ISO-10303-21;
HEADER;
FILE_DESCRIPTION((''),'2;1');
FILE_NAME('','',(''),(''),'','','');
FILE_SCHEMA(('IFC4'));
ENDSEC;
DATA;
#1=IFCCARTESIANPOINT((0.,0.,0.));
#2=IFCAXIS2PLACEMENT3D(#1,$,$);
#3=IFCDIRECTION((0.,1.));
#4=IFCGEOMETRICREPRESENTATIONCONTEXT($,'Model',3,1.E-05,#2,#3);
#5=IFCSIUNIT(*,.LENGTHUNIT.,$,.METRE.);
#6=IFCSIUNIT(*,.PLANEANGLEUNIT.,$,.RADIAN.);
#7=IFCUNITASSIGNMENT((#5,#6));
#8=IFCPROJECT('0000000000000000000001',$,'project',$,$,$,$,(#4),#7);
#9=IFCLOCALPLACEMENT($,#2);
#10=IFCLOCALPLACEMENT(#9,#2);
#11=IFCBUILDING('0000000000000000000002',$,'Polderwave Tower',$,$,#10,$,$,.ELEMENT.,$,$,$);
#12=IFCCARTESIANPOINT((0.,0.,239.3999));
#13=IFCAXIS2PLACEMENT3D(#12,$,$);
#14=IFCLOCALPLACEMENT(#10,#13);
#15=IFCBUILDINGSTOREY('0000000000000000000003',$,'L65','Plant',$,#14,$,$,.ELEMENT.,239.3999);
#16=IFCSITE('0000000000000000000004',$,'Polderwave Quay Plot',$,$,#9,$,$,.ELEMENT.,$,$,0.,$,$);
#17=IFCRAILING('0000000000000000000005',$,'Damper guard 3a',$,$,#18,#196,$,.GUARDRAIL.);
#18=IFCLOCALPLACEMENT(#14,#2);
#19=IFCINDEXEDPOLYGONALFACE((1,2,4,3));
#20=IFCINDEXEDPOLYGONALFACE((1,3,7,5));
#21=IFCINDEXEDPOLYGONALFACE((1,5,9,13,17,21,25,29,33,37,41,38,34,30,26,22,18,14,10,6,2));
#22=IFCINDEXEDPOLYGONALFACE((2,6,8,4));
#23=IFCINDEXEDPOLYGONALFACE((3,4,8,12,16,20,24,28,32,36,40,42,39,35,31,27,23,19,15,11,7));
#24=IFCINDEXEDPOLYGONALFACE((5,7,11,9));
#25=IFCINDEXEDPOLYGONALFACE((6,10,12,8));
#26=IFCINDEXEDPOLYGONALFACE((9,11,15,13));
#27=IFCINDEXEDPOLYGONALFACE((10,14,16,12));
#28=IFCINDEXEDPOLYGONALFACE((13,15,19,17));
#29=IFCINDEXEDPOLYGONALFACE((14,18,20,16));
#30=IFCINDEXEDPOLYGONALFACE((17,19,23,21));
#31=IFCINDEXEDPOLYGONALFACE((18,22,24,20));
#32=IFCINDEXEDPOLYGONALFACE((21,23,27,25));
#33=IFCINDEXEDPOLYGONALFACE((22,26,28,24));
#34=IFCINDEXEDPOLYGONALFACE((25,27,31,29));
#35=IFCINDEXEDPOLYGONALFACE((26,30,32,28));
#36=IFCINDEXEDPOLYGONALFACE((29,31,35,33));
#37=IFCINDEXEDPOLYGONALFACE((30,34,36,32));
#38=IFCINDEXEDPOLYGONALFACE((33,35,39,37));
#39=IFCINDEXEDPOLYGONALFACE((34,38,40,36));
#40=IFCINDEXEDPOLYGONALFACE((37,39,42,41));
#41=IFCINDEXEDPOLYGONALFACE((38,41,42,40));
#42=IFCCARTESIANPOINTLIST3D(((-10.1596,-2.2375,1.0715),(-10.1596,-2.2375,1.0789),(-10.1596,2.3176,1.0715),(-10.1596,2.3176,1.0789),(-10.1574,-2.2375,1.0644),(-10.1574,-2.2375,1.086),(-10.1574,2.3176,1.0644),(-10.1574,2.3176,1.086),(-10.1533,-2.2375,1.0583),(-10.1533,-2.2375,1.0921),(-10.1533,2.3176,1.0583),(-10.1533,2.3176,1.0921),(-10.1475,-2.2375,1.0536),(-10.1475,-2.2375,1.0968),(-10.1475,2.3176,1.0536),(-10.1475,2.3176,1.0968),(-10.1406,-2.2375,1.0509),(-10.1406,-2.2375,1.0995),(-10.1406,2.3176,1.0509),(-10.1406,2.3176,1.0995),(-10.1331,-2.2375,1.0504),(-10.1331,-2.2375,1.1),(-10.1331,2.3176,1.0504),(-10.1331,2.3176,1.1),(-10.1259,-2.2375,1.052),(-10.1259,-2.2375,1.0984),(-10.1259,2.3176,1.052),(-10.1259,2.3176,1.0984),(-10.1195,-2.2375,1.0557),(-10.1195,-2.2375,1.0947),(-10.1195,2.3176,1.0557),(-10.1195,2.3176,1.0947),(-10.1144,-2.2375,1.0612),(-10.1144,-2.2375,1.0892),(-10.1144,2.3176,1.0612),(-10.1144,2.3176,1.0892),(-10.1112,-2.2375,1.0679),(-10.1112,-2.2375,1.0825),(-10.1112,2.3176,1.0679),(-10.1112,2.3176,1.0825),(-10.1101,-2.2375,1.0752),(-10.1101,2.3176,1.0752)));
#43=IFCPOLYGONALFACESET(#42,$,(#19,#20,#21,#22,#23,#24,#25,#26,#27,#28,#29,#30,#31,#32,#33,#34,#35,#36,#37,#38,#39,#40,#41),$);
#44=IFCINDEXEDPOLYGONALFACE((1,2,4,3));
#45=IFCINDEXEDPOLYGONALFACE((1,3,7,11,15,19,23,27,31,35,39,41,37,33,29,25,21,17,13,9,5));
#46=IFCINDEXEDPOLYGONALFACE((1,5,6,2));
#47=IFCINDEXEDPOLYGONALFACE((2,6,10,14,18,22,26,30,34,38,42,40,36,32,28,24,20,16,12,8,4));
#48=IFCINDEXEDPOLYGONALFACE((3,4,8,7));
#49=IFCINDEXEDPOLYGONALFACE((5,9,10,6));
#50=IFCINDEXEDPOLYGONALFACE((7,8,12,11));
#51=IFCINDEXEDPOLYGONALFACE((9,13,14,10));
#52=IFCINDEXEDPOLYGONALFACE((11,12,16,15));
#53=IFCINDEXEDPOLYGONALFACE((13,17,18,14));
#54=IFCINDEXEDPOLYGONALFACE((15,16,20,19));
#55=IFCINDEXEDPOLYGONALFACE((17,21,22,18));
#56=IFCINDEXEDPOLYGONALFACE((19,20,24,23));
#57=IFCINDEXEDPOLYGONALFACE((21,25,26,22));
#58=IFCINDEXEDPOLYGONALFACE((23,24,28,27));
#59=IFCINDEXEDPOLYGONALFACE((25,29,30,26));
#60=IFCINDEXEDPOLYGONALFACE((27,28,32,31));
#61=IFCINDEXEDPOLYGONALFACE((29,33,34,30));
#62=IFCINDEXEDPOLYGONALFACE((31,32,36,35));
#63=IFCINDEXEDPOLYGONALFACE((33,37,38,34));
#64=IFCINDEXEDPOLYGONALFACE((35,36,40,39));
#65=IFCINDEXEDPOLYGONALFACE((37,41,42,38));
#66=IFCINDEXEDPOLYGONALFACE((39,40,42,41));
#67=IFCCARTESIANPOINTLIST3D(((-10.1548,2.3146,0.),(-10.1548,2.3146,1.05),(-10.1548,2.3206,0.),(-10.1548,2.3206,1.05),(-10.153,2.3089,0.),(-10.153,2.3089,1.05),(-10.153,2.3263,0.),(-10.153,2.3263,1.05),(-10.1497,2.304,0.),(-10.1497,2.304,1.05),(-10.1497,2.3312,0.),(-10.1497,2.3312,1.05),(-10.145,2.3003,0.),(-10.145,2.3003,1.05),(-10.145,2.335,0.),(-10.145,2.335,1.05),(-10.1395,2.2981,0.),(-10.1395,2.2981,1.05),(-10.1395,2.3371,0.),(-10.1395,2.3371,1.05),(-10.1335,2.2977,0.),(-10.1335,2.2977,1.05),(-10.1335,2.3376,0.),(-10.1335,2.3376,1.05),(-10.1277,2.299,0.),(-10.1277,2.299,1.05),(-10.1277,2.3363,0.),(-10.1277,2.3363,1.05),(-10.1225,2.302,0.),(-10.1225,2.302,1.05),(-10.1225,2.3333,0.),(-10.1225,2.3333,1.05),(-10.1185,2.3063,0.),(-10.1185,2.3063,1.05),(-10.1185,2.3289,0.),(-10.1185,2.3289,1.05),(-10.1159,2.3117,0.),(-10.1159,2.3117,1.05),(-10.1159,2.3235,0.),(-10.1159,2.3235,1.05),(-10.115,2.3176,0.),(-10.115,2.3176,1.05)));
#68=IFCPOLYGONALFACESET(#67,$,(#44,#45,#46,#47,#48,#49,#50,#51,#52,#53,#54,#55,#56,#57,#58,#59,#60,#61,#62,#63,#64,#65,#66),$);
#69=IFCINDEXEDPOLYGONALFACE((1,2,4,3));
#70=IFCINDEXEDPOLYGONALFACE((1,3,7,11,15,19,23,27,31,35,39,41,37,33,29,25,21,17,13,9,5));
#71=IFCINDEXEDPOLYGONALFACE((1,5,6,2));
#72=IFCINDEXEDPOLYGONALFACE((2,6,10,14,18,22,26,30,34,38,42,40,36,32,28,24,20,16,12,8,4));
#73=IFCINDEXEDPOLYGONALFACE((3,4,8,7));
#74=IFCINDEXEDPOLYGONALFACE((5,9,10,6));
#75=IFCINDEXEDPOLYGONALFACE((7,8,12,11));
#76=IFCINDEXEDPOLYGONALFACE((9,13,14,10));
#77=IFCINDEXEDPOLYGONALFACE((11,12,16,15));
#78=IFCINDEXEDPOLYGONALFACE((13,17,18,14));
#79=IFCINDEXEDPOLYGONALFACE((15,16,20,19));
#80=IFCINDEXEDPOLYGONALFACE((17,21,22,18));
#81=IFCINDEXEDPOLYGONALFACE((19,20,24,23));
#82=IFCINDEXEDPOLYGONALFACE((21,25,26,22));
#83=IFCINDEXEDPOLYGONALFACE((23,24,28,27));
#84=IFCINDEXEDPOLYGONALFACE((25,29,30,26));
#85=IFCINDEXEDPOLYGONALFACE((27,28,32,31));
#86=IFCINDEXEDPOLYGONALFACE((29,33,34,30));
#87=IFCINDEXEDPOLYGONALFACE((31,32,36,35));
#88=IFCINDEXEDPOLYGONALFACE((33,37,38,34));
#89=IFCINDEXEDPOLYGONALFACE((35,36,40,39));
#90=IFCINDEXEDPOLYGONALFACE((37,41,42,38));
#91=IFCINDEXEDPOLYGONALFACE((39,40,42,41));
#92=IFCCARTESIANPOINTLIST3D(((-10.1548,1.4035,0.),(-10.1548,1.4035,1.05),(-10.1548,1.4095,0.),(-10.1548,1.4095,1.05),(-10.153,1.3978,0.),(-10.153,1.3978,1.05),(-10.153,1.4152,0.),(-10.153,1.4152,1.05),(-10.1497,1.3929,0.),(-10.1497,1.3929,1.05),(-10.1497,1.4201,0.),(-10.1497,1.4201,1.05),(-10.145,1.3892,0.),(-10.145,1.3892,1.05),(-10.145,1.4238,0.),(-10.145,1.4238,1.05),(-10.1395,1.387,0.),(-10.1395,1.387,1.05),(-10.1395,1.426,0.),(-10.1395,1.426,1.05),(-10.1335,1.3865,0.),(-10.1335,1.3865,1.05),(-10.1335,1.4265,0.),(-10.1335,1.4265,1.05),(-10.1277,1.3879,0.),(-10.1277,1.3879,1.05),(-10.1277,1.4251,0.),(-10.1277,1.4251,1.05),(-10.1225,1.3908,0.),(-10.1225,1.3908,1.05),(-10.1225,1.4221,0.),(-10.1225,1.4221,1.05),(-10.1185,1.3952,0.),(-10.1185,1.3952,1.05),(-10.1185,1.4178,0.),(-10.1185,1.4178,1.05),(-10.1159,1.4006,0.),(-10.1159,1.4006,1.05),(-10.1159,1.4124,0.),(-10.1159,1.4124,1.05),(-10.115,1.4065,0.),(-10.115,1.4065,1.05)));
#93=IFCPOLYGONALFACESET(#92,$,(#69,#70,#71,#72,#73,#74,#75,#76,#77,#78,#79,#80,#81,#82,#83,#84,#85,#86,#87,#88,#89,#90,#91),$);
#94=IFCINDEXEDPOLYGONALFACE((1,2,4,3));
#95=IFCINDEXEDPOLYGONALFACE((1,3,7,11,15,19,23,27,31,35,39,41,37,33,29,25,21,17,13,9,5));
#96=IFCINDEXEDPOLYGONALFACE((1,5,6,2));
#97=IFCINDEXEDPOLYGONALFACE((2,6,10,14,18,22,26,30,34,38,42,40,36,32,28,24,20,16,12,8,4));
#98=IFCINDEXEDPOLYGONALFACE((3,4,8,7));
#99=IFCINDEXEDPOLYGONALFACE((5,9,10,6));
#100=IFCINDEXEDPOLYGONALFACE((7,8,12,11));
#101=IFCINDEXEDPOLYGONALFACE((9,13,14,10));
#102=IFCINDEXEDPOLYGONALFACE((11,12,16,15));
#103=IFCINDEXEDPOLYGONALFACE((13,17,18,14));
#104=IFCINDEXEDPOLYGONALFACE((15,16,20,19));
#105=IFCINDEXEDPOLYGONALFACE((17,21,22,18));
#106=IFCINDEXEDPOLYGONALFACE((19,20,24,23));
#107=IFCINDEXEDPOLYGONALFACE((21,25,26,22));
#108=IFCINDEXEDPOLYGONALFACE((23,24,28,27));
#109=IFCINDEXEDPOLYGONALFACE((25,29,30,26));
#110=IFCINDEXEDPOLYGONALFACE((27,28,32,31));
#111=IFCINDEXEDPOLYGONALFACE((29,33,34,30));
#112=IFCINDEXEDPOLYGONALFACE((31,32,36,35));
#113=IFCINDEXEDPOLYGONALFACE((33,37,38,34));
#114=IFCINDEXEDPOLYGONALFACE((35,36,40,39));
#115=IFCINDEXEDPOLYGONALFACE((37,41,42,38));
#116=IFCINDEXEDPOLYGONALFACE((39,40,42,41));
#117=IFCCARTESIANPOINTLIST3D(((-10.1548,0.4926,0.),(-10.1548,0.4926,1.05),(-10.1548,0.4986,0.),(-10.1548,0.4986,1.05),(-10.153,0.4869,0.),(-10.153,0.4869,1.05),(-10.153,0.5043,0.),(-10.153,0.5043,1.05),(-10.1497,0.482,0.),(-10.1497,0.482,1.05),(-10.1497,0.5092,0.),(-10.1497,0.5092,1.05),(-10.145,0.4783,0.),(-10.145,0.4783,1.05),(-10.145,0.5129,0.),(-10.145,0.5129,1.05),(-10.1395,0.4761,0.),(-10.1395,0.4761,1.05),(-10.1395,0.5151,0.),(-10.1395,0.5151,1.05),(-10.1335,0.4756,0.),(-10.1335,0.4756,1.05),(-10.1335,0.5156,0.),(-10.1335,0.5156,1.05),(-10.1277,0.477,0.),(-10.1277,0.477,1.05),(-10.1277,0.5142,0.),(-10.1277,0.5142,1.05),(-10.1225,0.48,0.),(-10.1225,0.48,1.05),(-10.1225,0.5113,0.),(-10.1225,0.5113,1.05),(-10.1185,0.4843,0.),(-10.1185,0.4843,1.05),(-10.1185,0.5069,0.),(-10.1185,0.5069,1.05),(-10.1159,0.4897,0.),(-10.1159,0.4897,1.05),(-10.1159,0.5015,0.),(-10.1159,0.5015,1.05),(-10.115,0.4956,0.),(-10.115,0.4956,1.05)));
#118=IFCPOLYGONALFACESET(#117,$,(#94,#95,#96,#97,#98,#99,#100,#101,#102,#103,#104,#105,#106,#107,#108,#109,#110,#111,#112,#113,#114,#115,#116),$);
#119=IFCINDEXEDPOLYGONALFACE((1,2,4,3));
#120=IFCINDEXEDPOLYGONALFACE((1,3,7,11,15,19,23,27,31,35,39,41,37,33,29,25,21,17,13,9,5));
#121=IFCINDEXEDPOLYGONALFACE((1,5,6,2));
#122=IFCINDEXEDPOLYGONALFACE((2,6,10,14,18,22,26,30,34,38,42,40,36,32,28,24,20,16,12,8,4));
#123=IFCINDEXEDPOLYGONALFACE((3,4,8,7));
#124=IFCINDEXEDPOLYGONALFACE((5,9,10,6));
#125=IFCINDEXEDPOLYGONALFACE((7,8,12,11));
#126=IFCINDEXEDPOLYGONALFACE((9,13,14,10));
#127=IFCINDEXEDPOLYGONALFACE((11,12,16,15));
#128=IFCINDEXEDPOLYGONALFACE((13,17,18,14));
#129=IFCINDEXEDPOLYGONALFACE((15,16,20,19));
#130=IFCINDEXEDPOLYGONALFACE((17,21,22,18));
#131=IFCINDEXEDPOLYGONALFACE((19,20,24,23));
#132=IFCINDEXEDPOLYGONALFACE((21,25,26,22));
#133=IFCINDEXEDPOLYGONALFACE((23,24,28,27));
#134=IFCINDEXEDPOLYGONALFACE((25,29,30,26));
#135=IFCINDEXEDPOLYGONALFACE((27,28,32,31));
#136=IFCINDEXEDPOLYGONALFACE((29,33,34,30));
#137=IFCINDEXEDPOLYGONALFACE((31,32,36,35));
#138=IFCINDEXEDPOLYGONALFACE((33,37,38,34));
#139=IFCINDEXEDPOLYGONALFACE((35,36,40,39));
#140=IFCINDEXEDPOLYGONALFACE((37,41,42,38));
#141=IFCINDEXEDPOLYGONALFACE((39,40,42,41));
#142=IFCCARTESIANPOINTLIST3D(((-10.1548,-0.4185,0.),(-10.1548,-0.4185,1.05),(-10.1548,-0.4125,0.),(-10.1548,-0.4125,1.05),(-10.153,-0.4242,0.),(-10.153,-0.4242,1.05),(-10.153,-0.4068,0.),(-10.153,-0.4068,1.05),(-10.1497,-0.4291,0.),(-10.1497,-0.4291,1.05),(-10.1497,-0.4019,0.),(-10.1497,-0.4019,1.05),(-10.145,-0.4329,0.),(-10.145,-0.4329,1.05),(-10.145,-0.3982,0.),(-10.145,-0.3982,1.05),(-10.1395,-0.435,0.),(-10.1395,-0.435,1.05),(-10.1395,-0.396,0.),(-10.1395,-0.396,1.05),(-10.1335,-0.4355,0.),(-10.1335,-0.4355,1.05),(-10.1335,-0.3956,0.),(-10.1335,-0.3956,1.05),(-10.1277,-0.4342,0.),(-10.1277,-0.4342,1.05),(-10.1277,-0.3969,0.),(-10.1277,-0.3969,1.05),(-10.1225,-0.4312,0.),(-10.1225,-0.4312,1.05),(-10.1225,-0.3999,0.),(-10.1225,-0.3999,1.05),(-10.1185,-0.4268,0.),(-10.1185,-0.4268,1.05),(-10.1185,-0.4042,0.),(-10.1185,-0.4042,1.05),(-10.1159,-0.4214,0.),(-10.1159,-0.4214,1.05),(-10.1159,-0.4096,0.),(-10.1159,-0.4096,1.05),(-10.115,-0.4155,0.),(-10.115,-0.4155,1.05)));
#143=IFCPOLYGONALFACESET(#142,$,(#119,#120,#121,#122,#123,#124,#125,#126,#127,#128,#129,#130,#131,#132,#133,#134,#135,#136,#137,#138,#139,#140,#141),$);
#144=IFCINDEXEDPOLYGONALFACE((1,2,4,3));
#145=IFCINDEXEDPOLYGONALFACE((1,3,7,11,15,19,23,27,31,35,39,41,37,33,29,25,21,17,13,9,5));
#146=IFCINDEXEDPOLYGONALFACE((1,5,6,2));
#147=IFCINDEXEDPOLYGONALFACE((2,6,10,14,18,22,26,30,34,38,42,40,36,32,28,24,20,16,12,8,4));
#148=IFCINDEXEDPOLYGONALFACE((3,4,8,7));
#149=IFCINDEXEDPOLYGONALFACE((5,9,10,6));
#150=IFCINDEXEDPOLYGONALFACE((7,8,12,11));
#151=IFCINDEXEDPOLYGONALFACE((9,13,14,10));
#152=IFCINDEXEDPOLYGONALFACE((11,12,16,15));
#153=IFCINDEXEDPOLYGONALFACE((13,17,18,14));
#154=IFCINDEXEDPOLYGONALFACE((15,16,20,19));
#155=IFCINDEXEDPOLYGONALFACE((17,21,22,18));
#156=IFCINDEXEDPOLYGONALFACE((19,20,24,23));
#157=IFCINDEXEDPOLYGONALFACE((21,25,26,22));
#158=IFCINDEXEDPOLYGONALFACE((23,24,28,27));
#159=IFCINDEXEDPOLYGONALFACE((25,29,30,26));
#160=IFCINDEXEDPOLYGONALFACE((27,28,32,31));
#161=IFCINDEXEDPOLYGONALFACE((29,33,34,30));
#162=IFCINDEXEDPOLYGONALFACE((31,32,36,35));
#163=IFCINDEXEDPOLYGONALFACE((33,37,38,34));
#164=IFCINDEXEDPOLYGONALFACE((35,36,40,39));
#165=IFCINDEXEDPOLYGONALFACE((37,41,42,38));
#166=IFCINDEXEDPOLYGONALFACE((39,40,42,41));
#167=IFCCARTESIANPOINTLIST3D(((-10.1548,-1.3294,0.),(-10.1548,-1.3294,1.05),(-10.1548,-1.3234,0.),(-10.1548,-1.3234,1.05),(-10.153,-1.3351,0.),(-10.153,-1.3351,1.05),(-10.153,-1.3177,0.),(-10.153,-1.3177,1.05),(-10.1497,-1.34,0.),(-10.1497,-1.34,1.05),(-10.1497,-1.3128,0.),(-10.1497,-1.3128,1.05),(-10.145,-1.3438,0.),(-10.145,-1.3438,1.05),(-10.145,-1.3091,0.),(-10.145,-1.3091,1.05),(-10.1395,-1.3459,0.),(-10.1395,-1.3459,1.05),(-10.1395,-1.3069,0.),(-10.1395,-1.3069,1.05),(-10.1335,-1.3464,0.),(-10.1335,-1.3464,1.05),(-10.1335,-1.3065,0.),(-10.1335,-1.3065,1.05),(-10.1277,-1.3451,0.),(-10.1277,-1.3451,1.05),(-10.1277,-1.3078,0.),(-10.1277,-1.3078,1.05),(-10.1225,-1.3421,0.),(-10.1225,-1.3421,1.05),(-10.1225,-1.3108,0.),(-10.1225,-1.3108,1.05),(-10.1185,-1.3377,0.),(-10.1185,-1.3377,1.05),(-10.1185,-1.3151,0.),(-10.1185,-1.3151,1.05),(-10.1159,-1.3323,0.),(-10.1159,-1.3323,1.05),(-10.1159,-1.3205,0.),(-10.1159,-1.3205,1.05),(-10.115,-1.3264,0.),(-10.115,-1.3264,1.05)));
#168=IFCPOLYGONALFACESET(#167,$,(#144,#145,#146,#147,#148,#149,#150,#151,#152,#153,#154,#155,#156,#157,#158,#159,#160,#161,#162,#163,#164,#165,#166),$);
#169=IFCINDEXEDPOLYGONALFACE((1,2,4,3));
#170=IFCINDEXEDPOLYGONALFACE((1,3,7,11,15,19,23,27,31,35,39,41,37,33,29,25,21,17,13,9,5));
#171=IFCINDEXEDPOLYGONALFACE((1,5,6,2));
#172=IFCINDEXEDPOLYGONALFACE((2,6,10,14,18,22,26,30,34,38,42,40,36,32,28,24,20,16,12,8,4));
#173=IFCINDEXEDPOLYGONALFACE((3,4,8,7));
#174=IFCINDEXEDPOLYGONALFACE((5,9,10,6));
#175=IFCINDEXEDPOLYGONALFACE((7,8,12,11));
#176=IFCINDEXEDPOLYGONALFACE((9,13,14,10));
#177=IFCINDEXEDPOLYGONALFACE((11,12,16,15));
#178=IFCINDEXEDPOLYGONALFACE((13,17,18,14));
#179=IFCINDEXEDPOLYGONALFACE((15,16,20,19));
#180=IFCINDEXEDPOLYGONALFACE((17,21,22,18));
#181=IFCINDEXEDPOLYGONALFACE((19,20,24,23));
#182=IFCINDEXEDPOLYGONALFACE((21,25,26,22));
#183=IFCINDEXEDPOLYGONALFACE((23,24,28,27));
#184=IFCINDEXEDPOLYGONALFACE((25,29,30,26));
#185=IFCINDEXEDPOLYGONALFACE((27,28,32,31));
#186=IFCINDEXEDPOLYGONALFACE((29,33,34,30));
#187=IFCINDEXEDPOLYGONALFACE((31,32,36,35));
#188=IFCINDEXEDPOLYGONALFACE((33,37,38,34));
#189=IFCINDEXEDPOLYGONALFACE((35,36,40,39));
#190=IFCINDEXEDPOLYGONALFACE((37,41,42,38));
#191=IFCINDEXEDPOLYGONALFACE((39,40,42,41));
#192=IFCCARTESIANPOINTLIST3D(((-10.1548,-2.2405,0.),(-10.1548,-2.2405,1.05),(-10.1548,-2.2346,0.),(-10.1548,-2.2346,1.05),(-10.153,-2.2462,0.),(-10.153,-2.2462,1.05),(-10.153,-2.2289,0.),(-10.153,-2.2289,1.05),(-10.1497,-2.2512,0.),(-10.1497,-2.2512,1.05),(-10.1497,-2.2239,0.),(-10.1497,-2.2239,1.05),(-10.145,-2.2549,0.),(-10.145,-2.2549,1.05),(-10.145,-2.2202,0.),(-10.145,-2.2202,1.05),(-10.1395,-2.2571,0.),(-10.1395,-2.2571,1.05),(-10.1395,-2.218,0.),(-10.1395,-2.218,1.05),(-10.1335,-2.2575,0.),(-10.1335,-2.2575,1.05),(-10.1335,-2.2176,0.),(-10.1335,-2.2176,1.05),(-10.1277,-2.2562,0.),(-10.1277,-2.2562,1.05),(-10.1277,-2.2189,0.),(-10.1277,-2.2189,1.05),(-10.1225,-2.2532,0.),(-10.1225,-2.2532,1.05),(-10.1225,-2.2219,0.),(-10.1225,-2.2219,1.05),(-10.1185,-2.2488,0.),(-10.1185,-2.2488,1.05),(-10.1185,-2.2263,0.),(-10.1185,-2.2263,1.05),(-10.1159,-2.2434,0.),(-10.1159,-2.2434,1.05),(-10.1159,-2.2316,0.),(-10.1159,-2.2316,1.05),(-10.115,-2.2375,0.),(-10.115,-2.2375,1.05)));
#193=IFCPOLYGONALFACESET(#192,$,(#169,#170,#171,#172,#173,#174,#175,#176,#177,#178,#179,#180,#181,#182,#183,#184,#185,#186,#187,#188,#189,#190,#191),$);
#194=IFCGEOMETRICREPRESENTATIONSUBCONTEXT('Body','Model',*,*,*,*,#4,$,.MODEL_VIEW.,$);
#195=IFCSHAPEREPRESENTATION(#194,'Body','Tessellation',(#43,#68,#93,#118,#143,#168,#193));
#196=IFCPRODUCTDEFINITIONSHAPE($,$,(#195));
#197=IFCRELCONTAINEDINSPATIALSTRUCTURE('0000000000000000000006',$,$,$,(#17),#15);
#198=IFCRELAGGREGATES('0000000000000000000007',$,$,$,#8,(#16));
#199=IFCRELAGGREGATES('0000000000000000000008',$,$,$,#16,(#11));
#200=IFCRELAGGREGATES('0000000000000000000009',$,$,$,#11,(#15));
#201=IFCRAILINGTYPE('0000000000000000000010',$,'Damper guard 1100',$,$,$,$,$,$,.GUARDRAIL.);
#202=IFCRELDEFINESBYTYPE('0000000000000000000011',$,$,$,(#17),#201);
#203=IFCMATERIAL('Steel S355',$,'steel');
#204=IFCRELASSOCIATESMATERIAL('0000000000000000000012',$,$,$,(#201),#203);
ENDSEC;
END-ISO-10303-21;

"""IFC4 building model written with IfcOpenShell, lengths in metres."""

from ifc_helpers import new_model, si_unit, direction, frame, origin, origin_2d, place, context, subcontext, project, spatial, circle, extrude, material, type_object, element, save


model = new_model("IFC4")

# Units and contexts
model_context = context("Model", 3, precision=1e-05, world=origin(), true_north=direction((0.0, 1.0)))
body_context = subcontext(model_context, "Body", "Model", "MODEL_VIEW")
ifc_project = project(units=[si_unit("LENGTHUNIT", "METRE"), si_unit("PLANEANGLEUNIT", "RADIAN")], contexts=[model_context])

# Site, building, storey
site_placement = place(None, origin())
site = spatial("IfcSite", under=ifc_project, at=site_placement, Name="Polderwave Quay Plot", CompositionType="ELEMENT", RefElevation=0.0)
building_placement = place(site_placement, origin())
building = spatial("IfcBuilding", under=site, at=building_placement, Name="Polderwave Tower", CompositionType="ELEMENT")
storey_placement = place(building_placement, frame((0.0, 0.0, 239.3999)))
storey = spatial("IfcBuildingStorey", under=building, at=storey_placement, Name="L65", Description="Plant", CompositionType="ELEMENT", Elevation=239.3999)

# Railing
ifc_material_1 = material(Name="Steel S355", Category="steel")
railing_type = type_object("IfcRailingType", Name="Damper guard 1100", PredefinedType="GUARDRAIL", material=ifc_material_1)
railing_1_placement = place(storey_placement, frame((-10.135, 2.3176, 0.0)))
element("IfcRailing", 1, at=railing_1_placement, inside=storey, type_object=railing_type, Name="Damper guard 3a", PredefinedType="GUARDRAIL", context=body_context, shape_type="SweptSolid", body=[
    extrude(circle(Radius=0.0249, at=origin_2d()), frame((0.0, 0.0, 1.0752), z_axis=(0.0, -1.0, 0.0), x_axis=(1.0, 0.0, 0.0)), (0.0, 0.0, 1.0), 4.5552),
    extrude(circle(Radius=0.02, at=origin_2d()), origin(), (0.0, 0.0, 1.0), 1.05),
    extrude(circle(Radius=0.02, at=origin_2d()), frame((0.0, -0.9111, 0.0)), (0.0, 0.0, 1.0), 1.05),
    extrude(circle(Radius=0.02, at=origin_2d()), frame((0.0, -1.822, 0.0)), (0.0, 0.0, 1.0), 1.05),
    extrude(circle(Radius=0.02, at=origin_2d()), frame((0.0, -2.7332, 0.0)), (0.0, 0.0, 1.0), 1.05),
    extrude(circle(Radius=0.02, at=origin_2d()), frame((0.0, -3.644, 0.0)), (0.0, 0.0, 1.0), 1.05),
    extrude(circle(Radius=0.02, at=origin_2d()), frame((0.0, -4.5552, 0.0)), (0.0, 0.0, 1.0), 1.05),
])

save(model, "model.ifc")
